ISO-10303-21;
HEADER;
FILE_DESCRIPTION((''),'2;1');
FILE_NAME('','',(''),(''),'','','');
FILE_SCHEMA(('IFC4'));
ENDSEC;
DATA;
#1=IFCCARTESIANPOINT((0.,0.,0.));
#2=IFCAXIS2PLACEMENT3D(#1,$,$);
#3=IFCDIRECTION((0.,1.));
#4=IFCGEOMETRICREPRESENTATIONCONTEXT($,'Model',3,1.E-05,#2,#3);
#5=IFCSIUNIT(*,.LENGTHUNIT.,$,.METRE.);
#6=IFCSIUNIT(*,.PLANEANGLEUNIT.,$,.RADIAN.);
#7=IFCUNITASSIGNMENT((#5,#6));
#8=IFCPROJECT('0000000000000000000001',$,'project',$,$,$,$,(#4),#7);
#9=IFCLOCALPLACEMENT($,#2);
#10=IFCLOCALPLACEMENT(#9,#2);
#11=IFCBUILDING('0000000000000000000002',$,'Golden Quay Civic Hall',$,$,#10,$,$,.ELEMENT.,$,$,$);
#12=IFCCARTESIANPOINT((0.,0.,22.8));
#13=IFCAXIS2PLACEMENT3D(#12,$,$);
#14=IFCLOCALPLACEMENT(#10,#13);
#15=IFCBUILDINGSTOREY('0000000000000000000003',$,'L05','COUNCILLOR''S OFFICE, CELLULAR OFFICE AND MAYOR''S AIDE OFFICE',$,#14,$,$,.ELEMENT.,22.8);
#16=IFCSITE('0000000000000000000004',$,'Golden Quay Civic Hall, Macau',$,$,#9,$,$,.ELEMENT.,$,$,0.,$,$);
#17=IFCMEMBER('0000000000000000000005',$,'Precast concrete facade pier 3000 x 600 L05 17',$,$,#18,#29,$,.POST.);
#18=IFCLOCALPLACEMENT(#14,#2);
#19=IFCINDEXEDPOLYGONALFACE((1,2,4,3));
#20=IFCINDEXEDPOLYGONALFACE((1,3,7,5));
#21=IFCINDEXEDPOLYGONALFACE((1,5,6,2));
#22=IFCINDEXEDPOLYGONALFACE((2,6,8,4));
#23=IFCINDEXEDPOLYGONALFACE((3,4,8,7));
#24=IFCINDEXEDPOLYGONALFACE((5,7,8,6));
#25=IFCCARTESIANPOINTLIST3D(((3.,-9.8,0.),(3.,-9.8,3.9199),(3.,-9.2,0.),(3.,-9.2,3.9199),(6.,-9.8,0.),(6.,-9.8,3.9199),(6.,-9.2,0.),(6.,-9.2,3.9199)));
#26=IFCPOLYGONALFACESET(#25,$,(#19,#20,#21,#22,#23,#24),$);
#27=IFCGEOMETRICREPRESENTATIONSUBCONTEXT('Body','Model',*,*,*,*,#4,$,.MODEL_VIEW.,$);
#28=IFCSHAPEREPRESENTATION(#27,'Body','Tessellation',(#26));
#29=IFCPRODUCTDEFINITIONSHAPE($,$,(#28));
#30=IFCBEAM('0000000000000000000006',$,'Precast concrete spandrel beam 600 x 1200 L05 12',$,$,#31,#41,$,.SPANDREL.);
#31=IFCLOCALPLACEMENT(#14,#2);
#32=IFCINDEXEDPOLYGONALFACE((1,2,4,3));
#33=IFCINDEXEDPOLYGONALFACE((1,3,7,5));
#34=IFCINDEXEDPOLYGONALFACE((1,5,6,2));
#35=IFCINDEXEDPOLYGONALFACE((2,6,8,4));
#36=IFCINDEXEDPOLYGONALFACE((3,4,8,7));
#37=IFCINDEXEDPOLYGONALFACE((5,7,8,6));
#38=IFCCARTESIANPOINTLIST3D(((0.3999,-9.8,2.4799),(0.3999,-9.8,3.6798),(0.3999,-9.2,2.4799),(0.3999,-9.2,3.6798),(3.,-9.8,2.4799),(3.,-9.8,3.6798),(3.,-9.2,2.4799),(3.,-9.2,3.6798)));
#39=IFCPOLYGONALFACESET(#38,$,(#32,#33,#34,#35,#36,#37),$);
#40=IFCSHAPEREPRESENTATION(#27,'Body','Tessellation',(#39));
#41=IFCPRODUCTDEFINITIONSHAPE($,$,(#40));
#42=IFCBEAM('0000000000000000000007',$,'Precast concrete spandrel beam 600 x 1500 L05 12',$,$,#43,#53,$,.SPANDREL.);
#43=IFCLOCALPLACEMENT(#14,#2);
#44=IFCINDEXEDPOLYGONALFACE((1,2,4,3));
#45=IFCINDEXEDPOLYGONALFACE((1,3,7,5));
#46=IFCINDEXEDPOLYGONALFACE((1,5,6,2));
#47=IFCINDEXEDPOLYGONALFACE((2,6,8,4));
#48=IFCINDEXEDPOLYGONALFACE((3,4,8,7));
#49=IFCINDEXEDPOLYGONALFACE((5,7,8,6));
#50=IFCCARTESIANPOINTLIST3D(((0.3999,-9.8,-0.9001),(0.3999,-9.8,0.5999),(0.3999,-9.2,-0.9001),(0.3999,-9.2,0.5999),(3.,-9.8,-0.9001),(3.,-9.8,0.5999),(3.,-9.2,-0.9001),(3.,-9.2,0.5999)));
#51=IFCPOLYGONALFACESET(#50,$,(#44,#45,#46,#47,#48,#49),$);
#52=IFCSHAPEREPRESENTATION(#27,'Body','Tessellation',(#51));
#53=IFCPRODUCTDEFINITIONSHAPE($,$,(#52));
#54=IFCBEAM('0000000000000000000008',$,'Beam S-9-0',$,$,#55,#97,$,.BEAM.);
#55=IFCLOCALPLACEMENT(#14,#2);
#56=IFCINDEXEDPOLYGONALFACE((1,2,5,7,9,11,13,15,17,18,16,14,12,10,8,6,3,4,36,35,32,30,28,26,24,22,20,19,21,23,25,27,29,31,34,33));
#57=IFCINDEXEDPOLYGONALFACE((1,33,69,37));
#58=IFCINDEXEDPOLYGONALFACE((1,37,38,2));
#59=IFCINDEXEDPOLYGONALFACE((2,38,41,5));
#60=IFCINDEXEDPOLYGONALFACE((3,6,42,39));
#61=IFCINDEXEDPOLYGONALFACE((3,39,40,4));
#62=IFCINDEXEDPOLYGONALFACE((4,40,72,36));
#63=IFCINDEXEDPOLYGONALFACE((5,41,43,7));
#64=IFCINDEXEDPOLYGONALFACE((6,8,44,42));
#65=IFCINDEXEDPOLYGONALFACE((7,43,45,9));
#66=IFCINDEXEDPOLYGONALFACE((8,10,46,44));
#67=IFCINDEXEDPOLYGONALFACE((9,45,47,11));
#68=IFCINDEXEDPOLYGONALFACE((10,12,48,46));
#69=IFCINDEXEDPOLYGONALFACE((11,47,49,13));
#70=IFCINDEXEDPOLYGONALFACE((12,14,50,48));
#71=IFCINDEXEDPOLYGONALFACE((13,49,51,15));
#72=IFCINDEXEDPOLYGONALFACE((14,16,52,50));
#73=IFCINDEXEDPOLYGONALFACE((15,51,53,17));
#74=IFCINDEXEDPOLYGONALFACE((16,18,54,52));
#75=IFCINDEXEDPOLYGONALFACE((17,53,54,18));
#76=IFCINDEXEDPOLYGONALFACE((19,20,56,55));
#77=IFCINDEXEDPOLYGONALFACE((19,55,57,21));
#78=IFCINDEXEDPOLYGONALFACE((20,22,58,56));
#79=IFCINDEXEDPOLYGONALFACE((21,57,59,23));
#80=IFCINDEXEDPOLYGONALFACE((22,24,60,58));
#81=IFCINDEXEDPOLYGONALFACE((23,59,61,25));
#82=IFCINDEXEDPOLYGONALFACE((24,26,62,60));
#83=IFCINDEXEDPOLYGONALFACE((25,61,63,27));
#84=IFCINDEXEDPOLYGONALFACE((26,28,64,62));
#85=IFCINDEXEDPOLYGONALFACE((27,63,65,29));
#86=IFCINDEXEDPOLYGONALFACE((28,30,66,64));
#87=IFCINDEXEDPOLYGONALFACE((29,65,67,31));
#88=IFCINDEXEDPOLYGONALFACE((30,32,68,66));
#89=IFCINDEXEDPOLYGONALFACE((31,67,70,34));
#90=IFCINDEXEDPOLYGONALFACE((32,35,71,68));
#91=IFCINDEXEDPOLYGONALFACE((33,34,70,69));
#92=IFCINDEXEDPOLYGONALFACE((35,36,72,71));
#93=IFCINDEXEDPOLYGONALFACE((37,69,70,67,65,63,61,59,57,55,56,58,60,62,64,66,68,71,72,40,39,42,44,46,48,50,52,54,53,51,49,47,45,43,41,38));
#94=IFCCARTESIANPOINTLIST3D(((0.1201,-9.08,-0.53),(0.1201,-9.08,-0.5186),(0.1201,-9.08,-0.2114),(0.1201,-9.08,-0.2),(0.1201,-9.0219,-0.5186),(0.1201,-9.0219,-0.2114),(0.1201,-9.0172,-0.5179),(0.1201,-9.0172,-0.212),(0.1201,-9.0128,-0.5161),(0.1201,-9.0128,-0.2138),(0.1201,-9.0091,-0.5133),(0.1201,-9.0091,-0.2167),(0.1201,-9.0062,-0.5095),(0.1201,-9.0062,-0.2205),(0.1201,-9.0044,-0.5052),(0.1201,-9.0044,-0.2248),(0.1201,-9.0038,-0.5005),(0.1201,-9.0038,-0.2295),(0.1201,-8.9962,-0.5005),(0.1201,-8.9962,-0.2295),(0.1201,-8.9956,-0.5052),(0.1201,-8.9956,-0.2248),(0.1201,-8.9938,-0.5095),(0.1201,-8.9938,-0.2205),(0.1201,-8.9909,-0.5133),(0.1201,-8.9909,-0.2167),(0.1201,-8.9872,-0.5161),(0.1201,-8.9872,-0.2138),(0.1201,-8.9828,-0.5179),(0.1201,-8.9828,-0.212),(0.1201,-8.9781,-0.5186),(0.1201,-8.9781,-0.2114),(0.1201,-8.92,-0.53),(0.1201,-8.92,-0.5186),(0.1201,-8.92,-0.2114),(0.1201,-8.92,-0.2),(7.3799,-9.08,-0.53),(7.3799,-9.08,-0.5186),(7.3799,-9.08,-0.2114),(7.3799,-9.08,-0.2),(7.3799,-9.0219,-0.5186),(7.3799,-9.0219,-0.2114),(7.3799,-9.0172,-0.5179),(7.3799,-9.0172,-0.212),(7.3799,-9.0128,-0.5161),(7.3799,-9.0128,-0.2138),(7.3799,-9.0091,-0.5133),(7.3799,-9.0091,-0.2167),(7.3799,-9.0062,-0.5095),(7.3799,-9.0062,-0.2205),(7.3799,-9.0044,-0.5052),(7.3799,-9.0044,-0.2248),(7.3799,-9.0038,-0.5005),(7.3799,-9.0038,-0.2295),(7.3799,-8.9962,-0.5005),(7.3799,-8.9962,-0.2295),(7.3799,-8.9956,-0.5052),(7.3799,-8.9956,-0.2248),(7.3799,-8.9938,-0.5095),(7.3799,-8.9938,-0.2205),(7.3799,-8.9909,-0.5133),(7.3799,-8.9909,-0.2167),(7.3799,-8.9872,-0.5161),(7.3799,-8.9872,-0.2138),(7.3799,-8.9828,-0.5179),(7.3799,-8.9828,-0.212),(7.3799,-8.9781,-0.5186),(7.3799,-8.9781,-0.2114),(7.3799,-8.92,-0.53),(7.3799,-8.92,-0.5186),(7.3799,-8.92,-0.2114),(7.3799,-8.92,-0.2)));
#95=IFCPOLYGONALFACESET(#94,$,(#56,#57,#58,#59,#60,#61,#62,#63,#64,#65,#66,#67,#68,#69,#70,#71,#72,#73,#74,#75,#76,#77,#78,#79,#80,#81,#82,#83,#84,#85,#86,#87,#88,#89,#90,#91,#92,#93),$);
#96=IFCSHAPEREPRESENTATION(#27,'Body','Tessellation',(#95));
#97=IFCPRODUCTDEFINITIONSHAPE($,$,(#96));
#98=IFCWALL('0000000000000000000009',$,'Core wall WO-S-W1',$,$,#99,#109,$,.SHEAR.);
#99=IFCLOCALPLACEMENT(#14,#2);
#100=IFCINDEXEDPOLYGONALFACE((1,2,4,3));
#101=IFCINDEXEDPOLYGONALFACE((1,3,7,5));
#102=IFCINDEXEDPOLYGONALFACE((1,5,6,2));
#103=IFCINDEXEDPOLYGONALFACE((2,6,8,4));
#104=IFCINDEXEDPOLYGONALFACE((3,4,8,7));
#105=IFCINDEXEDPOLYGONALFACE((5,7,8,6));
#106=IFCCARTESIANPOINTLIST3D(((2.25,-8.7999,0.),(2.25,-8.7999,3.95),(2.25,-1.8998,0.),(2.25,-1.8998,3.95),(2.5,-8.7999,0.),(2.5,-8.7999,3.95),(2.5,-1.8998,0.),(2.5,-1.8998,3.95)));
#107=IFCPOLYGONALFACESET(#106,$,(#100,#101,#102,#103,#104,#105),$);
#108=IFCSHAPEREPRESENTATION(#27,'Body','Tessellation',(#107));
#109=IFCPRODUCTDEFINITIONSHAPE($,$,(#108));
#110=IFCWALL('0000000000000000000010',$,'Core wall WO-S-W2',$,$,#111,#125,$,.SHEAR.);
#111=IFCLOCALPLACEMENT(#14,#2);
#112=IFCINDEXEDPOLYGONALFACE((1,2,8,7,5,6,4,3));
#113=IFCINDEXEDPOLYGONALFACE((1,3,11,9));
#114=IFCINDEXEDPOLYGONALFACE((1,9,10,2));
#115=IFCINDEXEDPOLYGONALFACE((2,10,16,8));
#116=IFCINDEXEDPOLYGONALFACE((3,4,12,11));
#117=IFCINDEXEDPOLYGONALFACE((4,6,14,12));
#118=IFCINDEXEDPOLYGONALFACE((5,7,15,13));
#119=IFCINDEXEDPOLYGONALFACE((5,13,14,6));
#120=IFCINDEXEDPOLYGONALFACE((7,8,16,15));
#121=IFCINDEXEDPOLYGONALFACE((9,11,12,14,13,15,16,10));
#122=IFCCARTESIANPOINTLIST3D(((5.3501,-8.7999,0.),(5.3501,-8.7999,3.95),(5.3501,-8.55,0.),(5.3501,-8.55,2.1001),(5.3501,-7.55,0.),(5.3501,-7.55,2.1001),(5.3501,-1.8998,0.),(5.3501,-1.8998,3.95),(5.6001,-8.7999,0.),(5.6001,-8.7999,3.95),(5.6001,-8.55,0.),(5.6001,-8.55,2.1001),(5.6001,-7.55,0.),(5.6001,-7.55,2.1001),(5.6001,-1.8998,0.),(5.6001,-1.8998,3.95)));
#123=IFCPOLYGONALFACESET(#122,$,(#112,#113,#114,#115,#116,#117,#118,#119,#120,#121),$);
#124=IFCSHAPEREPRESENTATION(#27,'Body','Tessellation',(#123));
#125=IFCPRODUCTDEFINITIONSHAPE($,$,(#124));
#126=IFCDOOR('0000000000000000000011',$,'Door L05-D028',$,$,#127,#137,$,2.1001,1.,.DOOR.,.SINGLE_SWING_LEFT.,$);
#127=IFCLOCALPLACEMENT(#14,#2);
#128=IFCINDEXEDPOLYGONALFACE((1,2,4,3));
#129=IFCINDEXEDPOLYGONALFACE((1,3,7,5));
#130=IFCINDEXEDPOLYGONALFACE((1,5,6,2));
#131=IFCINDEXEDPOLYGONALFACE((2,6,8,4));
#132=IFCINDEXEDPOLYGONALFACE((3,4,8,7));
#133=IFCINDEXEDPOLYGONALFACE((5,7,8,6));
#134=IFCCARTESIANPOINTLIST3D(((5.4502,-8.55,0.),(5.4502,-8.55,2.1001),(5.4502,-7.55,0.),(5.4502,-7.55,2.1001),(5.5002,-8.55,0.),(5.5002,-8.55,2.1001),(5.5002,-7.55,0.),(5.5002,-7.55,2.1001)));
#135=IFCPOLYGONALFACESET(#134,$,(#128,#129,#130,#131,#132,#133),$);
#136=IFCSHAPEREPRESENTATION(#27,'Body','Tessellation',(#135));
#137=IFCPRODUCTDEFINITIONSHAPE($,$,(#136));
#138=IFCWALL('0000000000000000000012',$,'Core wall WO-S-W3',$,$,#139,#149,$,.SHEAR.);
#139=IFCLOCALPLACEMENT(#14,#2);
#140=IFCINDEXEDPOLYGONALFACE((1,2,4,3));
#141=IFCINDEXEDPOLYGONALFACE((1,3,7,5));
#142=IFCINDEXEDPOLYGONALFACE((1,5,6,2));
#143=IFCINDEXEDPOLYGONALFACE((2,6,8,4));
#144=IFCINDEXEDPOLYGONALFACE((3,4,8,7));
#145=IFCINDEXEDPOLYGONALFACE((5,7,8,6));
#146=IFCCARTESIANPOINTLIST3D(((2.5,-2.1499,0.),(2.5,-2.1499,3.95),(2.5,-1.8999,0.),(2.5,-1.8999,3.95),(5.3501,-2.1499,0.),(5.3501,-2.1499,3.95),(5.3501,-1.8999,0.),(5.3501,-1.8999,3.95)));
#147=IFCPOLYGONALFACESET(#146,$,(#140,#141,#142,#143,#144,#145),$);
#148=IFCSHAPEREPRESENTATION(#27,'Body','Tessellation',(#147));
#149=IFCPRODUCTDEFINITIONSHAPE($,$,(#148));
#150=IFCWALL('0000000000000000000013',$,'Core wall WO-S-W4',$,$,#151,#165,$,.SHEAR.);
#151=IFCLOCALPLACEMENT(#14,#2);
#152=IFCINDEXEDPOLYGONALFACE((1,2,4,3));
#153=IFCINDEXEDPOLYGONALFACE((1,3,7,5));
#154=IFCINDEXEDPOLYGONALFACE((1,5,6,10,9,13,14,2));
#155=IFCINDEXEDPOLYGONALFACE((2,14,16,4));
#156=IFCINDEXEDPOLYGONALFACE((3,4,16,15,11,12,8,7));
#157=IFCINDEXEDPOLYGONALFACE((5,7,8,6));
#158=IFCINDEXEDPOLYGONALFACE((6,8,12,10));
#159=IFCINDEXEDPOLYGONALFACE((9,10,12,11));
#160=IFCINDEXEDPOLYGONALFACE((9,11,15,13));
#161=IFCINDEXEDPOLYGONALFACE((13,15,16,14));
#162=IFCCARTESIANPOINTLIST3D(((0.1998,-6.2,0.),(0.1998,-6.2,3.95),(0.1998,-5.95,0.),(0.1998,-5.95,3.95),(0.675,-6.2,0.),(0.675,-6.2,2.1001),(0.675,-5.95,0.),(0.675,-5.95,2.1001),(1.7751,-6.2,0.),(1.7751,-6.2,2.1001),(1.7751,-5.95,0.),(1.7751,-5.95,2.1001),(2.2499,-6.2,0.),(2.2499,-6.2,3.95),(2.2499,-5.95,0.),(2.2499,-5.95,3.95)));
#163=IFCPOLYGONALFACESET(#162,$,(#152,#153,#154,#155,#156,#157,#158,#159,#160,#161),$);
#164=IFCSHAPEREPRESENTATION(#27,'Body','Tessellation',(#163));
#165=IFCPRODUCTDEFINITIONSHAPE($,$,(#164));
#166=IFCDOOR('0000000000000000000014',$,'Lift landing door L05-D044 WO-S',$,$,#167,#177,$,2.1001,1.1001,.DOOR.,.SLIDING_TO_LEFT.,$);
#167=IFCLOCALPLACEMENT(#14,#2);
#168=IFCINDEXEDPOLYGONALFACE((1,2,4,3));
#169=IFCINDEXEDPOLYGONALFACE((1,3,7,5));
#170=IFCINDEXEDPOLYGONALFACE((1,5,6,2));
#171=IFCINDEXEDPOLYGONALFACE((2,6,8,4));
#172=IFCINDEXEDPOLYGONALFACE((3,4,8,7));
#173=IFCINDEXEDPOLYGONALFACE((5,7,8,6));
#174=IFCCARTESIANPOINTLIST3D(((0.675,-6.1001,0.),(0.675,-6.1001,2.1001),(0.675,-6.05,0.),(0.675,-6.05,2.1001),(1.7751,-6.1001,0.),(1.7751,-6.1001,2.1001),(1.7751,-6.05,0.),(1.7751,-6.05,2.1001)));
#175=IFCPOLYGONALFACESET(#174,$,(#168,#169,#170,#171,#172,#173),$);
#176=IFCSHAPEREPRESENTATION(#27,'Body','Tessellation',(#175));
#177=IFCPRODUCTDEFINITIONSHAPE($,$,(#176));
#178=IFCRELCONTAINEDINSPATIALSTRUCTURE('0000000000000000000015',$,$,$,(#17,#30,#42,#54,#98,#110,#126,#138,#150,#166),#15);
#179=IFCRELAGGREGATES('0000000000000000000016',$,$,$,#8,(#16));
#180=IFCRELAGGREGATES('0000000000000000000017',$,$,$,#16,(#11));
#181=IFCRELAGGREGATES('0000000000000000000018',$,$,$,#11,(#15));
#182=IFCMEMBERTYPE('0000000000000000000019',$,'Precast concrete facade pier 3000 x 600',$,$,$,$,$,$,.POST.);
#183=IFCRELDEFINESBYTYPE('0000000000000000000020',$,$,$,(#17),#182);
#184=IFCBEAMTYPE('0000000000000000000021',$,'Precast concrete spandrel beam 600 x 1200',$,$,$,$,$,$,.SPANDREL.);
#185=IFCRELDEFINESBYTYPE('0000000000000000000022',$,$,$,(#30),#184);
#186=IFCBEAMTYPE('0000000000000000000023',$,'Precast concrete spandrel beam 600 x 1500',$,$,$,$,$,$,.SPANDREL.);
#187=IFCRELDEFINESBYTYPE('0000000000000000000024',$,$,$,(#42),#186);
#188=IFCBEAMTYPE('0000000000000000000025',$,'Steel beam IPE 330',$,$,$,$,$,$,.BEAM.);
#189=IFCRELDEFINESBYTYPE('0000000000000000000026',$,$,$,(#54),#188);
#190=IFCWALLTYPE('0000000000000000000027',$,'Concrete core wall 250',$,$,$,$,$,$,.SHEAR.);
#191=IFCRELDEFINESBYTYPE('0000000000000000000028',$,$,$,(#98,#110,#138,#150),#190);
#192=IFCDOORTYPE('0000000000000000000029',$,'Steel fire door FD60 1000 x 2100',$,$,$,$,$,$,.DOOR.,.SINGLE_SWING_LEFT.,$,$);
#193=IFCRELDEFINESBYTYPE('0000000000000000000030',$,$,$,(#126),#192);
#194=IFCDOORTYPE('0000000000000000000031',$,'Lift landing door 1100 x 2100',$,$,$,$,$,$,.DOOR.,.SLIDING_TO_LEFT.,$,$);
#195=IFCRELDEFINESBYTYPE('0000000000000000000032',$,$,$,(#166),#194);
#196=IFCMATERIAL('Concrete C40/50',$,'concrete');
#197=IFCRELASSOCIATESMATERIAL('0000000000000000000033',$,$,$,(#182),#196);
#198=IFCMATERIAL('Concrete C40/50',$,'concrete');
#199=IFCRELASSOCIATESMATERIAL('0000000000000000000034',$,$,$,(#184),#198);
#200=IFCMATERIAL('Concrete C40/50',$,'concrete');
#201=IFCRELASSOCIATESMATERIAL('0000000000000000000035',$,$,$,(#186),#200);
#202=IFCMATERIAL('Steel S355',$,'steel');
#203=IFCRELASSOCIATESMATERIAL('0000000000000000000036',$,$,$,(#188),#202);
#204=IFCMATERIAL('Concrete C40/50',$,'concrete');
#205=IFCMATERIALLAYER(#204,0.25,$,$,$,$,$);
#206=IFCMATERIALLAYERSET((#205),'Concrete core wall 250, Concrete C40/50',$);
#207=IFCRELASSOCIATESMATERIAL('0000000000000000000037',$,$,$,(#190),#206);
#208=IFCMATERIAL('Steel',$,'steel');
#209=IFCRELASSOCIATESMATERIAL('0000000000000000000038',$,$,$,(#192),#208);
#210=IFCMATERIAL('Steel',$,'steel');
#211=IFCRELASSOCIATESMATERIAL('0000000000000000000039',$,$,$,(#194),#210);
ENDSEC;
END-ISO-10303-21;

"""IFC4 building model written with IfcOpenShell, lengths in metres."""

from ifc_helpers import new_model, si_unit, direction, frame, frame_2d, origin, origin_2d, place, context, subcontext, project, spatial, rectangle, i_section, extrude, material, layer, layer_set, material_profile, profile_set, type_object, element, fill, save


model = new_model("IFC4")

# Units and contexts
model_context = context("Model", 3, precision=1e-05, world=origin(), true_north=direction((0.0, 1.0)))
body_context = subcontext(model_context, "Body", "Model", "MODEL_VIEW")
ifc_project = project(units=[si_unit("LENGTHUNIT", "METRE"), si_unit("PLANEANGLEUNIT", "RADIAN")], contexts=[model_context])

# Site, building, storey
site_placement = place(None, origin())
site = spatial("IfcSite", under=ifc_project, at=site_placement, Name="Golden Quay Civic Hall, Macau", CompositionType="ELEMENT", RefElevation=0.0)
building_placement = place(site_placement, origin())
building = spatial("IfcBuilding", under=site, at=building_placement, Name="Golden Quay Civic Hall", CompositionType="ELEMENT")
storey_placement = place(building_placement, frame((0.0, 0.0, 22.8)))
storey = spatial("IfcBuildingStorey", under=building, at=storey_placement, Name="L05", Description="COUNCILLOR'S OFFICE, CELLULAR OFFICE AND MAYOR'S AIDE OFFICE", CompositionType="ELEMENT", Elevation=22.8)

# Member
ifc_material_1 = material(Name="Concrete C40/50", Category="concrete")
ifc_material_profile_1 = material_profile(ifc_material_1, rectangle(XDim=3.0, YDim=0.6001, at=origin_2d()), Name="RC 3000x600")
ifc_profile_set_1 = profile_set([ifc_material_profile_1], Name="Concrete C40/50")
member_type = type_object("IfcMemberType", Name="Precast concrete facade pier 3000 x 600", PredefinedType="POST", material=ifc_profile_set_1)
member_placement = place(storey_placement, frame((4.5, -9.5, 0.0), z_axis=(0.0, 0.0, 1.0), x_axis=(1.0, 0.0, 0.0)))
element("IfcMember", 1, at=member_placement, inside=storey, type_object=member_type, Name="Precast concrete facade pier 3000 x 600 L05 17", PredefinedType="POST", context=body_context, shape_type="SweptSolid", body=[
    extrude(rectangle(XDim=3.0, YDim=0.6001, at=origin_2d()), origin(), (0.0, 0.0, 1.0), 3.9199),
])

# Beams
ifc_material_2 = material(Name="Concrete C40/50", Category="concrete")
ifc_material_profile_2 = material_profile(ifc_material_2, rectangle(XDim=0.6001, YDim=1.2, at=origin_2d()), Name="RC 600x1200")
ifc_profile_set_2 = profile_set([ifc_material_profile_2], Name="Concrete C40/50")
beam_type_1 = type_object("IfcBeamType", Name="Precast concrete spandrel beam 600 x 1200", PredefinedType="SPANDREL", material=ifc_profile_set_2)
beam_1_placement = place(storey_placement, frame((0.3999, -9.5, 3.0798), z_axis=(1.0, 0.0, 0.0), x_axis=(0.0, 1.0, 0.0)))
element("IfcBeam", 2, at=beam_1_placement, inside=storey, type_object=beam_type_1, Name="Precast concrete spandrel beam 600 x 1200 L05 12", PredefinedType="SPANDREL", context=body_context, shape_type="SweptSolid", body=[
    extrude(rectangle(XDim=0.6001, YDim=1.2, at=origin_2d()), origin(), (0.0, 0.0, 1.0), 2.6001),
])
ifc_material_3 = material(Name="Concrete C40/50", Category="concrete")
ifc_material_profile_3 = material_profile(ifc_material_3, rectangle(XDim=0.6001, YDim=1.5, at=origin_2d()), Name="RC 600x1500")
ifc_profile_set_3 = profile_set([ifc_material_profile_3], Name="Concrete C40/50")
beam_type_2 = type_object("IfcBeamType", Name="Precast concrete spandrel beam 600 x 1500", PredefinedType="SPANDREL", material=ifc_profile_set_3)
beam_2_placement = place(storey_placement, frame((0.3999, -9.5, -0.1501), z_axis=(1.0, 0.0, 0.0), x_axis=(0.0, 1.0, 0.0)))
element("IfcBeam", 3, at=beam_2_placement, inside=storey, type_object=beam_type_2, Name="Precast concrete spandrel beam 600 x 1500 L05 12", PredefinedType="SPANDREL", context=body_context, shape_type="SweptSolid", body=[
    extrude(rectangle(XDim=0.6001, YDim=1.5, at=origin_2d()), origin(), (0.0, 0.0, 1.0), 2.6001),
])
ifc_material_4 = material(Name="Steel S355", Category="steel")
ifc_material_profile_4 = material_profile(ifc_material_4, i_section(OverallWidth=0.1599, OverallDepth=0.3301, WebThickness=0.0076, FlangeThickness=0.0115, FilletRadius=0.0181, at=origin_2d()), Name="IPE 330")
ifc_profile_set_4 = profile_set([ifc_material_profile_4], Name="Steel S355")
beam_type_3 = type_object("IfcBeamType", Name="Steel beam IPE 330", PredefinedType="BEAM", material=ifc_profile_set_4)
beam_3_placement = place(storey_placement, frame((0.1201, -9.0, -0.365), z_axis=(1.0, 0.0, 0.0), x_axis=(0.0, 1.0, 0.0)))
element("IfcBeam", 4, at=beam_3_placement, inside=storey, type_object=beam_type_3, Name="Beam S-9-0", PredefinedType="BEAM", context=body_context, shape_type="SweptSolid", body=[
    extrude(i_section(OverallWidth=0.1599, OverallDepth=0.3301, WebThickness=0.0076, FlangeThickness=0.0115, FilletRadius=0.0181, at=origin_2d()), origin(), (0.0, 0.0, 1.0), 7.2598),
])

# Wall
ifc_material_5 = material(Name="Concrete C40/50", Category="concrete")
ifc_layer = layer(ifc_material_5, 0.25)
ifc_layer_set = layer_set([ifc_layer], Name="Concrete core wall 250, Concrete C40/50")
wall_type = type_object("IfcWallType", Name="Concrete core wall 250", PredefinedType="SHEAR", material=ifc_layer_set)
wall_1_placement = place(storey_placement, frame((2.375, -8.8, 0.0), z_axis=(0.0, 0.0, 1.0), x_axis=(0.0, 1.0, 0.0)))
element("IfcWall", 5, at=wall_1_placement, inside=storey, type_object=wall_type, Name="Core wall WO-S-W1", PredefinedType="SHEAR", context=body_context, shape_type="SweptSolid", body=[
    extrude(rectangle(XDim=6.9001, YDim=0.25, at=frame_2d((3.4502, 0.0))), origin(), (0.0, 0.0, 1.0), 3.95),
])

# Wall, opening, door
wall_2_placement = place(storey_placement, frame((5.4751, -8.8, 0.0), z_axis=(0.0, 0.0, 1.0), x_axis=(0.0, 1.0, 0.0)))
wall_2 = element("IfcWall", 6, at=wall_2_placement, inside=storey, type_object=wall_type, Name="Core wall WO-S-W2", PredefinedType="SHEAR", context=body_context, shape_type="SweptSolid", body=[
    extrude(rectangle(XDim=6.9001, YDim=0.25, at=frame_2d((3.4502, 0.0))), origin(), (0.0, 0.0, 1.0), 3.95),
])
opening_1_placement = place(wall_2_placement, frame((0.25, 0.0, 0.0)))
opening_1 = element("IfcOpeningElement", 7, at=opening_1_placement, cuts=wall_2, PredefinedType="OPENING", context=body_context, shape_type="SweptSolid", body=[
    extrude(rectangle(XDim=1.0, YDim=2.1001, at=frame_2d((0.5, 1.05))), frame((0.0, 0.135, 0.0), z_axis=(0.0, -1.0, 0.0), x_axis=(1.0, 0.0, 0.0)), (0.0, 0.0, 1.0), 0.27),
])
ifc_material_6 = material(Name="Steel", Category="steel")
door_type_1 = type_object("IfcDoorType", Name="Steel fire door FD60 1000 x 2100", OperationType="SINGLE_SWING_LEFT", PredefinedType="DOOR", material=ifc_material_6)
door_1_placement = place(opening_1_placement, origin())
door_1 = element("IfcDoor", 8, at=door_1_placement, inside=storey, type_object=door_type_1, Name="Door L05-D028", OperationType="SINGLE_SWING_LEFT", OverallHeight=2.1001, OverallWidth=1.0, PredefinedType="DOOR", context=body_context, shape_type="SweptSolid", body=[
    extrude(rectangle(XDim=1.0, YDim=2.1001, at=frame_2d((0.5, 1.05))), frame((0.0, 0.0249, 0.0), z_axis=(0.0, -1.0, 0.0), x_axis=(1.0, 0.0, 0.0)), (0.0, 0.0, 1.0), 0.05),
])
fill(opening_1, door_1)

# Wall
wall_3_placement = place(storey_placement, frame((2.5, -2.0249, 0.0), z_axis=(0.0, 0.0, 1.0), x_axis=(1.0, 0.0, 0.0)))
element("IfcWall", 9, at=wall_3_placement, inside=storey, type_object=wall_type, Name="Core wall WO-S-W3", PredefinedType="SHEAR", context=body_context, shape_type="SweptSolid", body=[
    extrude(rectangle(XDim=2.8501, YDim=0.25, at=frame_2d((1.425, 0.0))), origin(), (0.0, 0.0, 1.0), 3.95),
])

# Wall, opening, door
wall_4_placement = place(storey_placement, frame((0.2, -6.075, 0.0), z_axis=(0.0, 0.0, 1.0), x_axis=(1.0, 0.0, 0.0)))
wall_4 = element("IfcWall", 10, at=wall_4_placement, inside=storey, type_object=wall_type, Name="Core wall WO-S-W4", PredefinedType="SHEAR", context=body_context, shape_type="SweptSolid", body=[
    extrude(rectangle(XDim=2.05, YDim=0.25, at=frame_2d((1.0249, 0.0))), origin(), (0.0, 0.0, 1.0), 3.95),
])
opening_2_placement = place(wall_4_placement, frame((0.4751, 0.0, 0.0)))
opening_2 = element("IfcOpeningElement", 11, at=opening_2_placement, cuts=wall_4, PredefinedType="OPENING", context=body_context, shape_type="SweptSolid", body=[
    extrude(rectangle(XDim=1.1001, YDim=2.1001, at=frame_2d((0.55, 1.05))), frame((0.0, 0.135, 0.0), z_axis=(0.0, -1.0, 0.0), x_axis=(1.0, 0.0, 0.0)), (0.0, 0.0, 1.0), 0.27),
])
ifc_material_7 = material(Name="Steel", Category="steel")
door_type_2 = type_object("IfcDoorType", Name="Lift landing door 1100 x 2100", OperationType="SLIDING_TO_LEFT", PredefinedType="DOOR", material=ifc_material_7)
door_2_placement = place(opening_2_placement, origin())
door_2 = element("IfcDoor", 12, at=door_2_placement, inside=storey, type_object=door_type_2, Name="Lift landing door L05-D044 WO-S", OperationType="SLIDING_TO_LEFT", OverallHeight=2.1001, OverallWidth=1.1001, PredefinedType="DOOR", context=body_context, shape_type="SweptSolid", body=[
    extrude(rectangle(XDim=1.1001, YDim=2.1001, at=frame_2d((0.55, 1.05))), frame((0.0, 0.0249, 0.0), z_axis=(0.0, -1.0, 0.0), x_axis=(1.0, 0.0, 0.0)), (0.0, 0.0, 1.0), 0.05),
])
fill(opening_2, door_2)

save(model, "model.ifc")
